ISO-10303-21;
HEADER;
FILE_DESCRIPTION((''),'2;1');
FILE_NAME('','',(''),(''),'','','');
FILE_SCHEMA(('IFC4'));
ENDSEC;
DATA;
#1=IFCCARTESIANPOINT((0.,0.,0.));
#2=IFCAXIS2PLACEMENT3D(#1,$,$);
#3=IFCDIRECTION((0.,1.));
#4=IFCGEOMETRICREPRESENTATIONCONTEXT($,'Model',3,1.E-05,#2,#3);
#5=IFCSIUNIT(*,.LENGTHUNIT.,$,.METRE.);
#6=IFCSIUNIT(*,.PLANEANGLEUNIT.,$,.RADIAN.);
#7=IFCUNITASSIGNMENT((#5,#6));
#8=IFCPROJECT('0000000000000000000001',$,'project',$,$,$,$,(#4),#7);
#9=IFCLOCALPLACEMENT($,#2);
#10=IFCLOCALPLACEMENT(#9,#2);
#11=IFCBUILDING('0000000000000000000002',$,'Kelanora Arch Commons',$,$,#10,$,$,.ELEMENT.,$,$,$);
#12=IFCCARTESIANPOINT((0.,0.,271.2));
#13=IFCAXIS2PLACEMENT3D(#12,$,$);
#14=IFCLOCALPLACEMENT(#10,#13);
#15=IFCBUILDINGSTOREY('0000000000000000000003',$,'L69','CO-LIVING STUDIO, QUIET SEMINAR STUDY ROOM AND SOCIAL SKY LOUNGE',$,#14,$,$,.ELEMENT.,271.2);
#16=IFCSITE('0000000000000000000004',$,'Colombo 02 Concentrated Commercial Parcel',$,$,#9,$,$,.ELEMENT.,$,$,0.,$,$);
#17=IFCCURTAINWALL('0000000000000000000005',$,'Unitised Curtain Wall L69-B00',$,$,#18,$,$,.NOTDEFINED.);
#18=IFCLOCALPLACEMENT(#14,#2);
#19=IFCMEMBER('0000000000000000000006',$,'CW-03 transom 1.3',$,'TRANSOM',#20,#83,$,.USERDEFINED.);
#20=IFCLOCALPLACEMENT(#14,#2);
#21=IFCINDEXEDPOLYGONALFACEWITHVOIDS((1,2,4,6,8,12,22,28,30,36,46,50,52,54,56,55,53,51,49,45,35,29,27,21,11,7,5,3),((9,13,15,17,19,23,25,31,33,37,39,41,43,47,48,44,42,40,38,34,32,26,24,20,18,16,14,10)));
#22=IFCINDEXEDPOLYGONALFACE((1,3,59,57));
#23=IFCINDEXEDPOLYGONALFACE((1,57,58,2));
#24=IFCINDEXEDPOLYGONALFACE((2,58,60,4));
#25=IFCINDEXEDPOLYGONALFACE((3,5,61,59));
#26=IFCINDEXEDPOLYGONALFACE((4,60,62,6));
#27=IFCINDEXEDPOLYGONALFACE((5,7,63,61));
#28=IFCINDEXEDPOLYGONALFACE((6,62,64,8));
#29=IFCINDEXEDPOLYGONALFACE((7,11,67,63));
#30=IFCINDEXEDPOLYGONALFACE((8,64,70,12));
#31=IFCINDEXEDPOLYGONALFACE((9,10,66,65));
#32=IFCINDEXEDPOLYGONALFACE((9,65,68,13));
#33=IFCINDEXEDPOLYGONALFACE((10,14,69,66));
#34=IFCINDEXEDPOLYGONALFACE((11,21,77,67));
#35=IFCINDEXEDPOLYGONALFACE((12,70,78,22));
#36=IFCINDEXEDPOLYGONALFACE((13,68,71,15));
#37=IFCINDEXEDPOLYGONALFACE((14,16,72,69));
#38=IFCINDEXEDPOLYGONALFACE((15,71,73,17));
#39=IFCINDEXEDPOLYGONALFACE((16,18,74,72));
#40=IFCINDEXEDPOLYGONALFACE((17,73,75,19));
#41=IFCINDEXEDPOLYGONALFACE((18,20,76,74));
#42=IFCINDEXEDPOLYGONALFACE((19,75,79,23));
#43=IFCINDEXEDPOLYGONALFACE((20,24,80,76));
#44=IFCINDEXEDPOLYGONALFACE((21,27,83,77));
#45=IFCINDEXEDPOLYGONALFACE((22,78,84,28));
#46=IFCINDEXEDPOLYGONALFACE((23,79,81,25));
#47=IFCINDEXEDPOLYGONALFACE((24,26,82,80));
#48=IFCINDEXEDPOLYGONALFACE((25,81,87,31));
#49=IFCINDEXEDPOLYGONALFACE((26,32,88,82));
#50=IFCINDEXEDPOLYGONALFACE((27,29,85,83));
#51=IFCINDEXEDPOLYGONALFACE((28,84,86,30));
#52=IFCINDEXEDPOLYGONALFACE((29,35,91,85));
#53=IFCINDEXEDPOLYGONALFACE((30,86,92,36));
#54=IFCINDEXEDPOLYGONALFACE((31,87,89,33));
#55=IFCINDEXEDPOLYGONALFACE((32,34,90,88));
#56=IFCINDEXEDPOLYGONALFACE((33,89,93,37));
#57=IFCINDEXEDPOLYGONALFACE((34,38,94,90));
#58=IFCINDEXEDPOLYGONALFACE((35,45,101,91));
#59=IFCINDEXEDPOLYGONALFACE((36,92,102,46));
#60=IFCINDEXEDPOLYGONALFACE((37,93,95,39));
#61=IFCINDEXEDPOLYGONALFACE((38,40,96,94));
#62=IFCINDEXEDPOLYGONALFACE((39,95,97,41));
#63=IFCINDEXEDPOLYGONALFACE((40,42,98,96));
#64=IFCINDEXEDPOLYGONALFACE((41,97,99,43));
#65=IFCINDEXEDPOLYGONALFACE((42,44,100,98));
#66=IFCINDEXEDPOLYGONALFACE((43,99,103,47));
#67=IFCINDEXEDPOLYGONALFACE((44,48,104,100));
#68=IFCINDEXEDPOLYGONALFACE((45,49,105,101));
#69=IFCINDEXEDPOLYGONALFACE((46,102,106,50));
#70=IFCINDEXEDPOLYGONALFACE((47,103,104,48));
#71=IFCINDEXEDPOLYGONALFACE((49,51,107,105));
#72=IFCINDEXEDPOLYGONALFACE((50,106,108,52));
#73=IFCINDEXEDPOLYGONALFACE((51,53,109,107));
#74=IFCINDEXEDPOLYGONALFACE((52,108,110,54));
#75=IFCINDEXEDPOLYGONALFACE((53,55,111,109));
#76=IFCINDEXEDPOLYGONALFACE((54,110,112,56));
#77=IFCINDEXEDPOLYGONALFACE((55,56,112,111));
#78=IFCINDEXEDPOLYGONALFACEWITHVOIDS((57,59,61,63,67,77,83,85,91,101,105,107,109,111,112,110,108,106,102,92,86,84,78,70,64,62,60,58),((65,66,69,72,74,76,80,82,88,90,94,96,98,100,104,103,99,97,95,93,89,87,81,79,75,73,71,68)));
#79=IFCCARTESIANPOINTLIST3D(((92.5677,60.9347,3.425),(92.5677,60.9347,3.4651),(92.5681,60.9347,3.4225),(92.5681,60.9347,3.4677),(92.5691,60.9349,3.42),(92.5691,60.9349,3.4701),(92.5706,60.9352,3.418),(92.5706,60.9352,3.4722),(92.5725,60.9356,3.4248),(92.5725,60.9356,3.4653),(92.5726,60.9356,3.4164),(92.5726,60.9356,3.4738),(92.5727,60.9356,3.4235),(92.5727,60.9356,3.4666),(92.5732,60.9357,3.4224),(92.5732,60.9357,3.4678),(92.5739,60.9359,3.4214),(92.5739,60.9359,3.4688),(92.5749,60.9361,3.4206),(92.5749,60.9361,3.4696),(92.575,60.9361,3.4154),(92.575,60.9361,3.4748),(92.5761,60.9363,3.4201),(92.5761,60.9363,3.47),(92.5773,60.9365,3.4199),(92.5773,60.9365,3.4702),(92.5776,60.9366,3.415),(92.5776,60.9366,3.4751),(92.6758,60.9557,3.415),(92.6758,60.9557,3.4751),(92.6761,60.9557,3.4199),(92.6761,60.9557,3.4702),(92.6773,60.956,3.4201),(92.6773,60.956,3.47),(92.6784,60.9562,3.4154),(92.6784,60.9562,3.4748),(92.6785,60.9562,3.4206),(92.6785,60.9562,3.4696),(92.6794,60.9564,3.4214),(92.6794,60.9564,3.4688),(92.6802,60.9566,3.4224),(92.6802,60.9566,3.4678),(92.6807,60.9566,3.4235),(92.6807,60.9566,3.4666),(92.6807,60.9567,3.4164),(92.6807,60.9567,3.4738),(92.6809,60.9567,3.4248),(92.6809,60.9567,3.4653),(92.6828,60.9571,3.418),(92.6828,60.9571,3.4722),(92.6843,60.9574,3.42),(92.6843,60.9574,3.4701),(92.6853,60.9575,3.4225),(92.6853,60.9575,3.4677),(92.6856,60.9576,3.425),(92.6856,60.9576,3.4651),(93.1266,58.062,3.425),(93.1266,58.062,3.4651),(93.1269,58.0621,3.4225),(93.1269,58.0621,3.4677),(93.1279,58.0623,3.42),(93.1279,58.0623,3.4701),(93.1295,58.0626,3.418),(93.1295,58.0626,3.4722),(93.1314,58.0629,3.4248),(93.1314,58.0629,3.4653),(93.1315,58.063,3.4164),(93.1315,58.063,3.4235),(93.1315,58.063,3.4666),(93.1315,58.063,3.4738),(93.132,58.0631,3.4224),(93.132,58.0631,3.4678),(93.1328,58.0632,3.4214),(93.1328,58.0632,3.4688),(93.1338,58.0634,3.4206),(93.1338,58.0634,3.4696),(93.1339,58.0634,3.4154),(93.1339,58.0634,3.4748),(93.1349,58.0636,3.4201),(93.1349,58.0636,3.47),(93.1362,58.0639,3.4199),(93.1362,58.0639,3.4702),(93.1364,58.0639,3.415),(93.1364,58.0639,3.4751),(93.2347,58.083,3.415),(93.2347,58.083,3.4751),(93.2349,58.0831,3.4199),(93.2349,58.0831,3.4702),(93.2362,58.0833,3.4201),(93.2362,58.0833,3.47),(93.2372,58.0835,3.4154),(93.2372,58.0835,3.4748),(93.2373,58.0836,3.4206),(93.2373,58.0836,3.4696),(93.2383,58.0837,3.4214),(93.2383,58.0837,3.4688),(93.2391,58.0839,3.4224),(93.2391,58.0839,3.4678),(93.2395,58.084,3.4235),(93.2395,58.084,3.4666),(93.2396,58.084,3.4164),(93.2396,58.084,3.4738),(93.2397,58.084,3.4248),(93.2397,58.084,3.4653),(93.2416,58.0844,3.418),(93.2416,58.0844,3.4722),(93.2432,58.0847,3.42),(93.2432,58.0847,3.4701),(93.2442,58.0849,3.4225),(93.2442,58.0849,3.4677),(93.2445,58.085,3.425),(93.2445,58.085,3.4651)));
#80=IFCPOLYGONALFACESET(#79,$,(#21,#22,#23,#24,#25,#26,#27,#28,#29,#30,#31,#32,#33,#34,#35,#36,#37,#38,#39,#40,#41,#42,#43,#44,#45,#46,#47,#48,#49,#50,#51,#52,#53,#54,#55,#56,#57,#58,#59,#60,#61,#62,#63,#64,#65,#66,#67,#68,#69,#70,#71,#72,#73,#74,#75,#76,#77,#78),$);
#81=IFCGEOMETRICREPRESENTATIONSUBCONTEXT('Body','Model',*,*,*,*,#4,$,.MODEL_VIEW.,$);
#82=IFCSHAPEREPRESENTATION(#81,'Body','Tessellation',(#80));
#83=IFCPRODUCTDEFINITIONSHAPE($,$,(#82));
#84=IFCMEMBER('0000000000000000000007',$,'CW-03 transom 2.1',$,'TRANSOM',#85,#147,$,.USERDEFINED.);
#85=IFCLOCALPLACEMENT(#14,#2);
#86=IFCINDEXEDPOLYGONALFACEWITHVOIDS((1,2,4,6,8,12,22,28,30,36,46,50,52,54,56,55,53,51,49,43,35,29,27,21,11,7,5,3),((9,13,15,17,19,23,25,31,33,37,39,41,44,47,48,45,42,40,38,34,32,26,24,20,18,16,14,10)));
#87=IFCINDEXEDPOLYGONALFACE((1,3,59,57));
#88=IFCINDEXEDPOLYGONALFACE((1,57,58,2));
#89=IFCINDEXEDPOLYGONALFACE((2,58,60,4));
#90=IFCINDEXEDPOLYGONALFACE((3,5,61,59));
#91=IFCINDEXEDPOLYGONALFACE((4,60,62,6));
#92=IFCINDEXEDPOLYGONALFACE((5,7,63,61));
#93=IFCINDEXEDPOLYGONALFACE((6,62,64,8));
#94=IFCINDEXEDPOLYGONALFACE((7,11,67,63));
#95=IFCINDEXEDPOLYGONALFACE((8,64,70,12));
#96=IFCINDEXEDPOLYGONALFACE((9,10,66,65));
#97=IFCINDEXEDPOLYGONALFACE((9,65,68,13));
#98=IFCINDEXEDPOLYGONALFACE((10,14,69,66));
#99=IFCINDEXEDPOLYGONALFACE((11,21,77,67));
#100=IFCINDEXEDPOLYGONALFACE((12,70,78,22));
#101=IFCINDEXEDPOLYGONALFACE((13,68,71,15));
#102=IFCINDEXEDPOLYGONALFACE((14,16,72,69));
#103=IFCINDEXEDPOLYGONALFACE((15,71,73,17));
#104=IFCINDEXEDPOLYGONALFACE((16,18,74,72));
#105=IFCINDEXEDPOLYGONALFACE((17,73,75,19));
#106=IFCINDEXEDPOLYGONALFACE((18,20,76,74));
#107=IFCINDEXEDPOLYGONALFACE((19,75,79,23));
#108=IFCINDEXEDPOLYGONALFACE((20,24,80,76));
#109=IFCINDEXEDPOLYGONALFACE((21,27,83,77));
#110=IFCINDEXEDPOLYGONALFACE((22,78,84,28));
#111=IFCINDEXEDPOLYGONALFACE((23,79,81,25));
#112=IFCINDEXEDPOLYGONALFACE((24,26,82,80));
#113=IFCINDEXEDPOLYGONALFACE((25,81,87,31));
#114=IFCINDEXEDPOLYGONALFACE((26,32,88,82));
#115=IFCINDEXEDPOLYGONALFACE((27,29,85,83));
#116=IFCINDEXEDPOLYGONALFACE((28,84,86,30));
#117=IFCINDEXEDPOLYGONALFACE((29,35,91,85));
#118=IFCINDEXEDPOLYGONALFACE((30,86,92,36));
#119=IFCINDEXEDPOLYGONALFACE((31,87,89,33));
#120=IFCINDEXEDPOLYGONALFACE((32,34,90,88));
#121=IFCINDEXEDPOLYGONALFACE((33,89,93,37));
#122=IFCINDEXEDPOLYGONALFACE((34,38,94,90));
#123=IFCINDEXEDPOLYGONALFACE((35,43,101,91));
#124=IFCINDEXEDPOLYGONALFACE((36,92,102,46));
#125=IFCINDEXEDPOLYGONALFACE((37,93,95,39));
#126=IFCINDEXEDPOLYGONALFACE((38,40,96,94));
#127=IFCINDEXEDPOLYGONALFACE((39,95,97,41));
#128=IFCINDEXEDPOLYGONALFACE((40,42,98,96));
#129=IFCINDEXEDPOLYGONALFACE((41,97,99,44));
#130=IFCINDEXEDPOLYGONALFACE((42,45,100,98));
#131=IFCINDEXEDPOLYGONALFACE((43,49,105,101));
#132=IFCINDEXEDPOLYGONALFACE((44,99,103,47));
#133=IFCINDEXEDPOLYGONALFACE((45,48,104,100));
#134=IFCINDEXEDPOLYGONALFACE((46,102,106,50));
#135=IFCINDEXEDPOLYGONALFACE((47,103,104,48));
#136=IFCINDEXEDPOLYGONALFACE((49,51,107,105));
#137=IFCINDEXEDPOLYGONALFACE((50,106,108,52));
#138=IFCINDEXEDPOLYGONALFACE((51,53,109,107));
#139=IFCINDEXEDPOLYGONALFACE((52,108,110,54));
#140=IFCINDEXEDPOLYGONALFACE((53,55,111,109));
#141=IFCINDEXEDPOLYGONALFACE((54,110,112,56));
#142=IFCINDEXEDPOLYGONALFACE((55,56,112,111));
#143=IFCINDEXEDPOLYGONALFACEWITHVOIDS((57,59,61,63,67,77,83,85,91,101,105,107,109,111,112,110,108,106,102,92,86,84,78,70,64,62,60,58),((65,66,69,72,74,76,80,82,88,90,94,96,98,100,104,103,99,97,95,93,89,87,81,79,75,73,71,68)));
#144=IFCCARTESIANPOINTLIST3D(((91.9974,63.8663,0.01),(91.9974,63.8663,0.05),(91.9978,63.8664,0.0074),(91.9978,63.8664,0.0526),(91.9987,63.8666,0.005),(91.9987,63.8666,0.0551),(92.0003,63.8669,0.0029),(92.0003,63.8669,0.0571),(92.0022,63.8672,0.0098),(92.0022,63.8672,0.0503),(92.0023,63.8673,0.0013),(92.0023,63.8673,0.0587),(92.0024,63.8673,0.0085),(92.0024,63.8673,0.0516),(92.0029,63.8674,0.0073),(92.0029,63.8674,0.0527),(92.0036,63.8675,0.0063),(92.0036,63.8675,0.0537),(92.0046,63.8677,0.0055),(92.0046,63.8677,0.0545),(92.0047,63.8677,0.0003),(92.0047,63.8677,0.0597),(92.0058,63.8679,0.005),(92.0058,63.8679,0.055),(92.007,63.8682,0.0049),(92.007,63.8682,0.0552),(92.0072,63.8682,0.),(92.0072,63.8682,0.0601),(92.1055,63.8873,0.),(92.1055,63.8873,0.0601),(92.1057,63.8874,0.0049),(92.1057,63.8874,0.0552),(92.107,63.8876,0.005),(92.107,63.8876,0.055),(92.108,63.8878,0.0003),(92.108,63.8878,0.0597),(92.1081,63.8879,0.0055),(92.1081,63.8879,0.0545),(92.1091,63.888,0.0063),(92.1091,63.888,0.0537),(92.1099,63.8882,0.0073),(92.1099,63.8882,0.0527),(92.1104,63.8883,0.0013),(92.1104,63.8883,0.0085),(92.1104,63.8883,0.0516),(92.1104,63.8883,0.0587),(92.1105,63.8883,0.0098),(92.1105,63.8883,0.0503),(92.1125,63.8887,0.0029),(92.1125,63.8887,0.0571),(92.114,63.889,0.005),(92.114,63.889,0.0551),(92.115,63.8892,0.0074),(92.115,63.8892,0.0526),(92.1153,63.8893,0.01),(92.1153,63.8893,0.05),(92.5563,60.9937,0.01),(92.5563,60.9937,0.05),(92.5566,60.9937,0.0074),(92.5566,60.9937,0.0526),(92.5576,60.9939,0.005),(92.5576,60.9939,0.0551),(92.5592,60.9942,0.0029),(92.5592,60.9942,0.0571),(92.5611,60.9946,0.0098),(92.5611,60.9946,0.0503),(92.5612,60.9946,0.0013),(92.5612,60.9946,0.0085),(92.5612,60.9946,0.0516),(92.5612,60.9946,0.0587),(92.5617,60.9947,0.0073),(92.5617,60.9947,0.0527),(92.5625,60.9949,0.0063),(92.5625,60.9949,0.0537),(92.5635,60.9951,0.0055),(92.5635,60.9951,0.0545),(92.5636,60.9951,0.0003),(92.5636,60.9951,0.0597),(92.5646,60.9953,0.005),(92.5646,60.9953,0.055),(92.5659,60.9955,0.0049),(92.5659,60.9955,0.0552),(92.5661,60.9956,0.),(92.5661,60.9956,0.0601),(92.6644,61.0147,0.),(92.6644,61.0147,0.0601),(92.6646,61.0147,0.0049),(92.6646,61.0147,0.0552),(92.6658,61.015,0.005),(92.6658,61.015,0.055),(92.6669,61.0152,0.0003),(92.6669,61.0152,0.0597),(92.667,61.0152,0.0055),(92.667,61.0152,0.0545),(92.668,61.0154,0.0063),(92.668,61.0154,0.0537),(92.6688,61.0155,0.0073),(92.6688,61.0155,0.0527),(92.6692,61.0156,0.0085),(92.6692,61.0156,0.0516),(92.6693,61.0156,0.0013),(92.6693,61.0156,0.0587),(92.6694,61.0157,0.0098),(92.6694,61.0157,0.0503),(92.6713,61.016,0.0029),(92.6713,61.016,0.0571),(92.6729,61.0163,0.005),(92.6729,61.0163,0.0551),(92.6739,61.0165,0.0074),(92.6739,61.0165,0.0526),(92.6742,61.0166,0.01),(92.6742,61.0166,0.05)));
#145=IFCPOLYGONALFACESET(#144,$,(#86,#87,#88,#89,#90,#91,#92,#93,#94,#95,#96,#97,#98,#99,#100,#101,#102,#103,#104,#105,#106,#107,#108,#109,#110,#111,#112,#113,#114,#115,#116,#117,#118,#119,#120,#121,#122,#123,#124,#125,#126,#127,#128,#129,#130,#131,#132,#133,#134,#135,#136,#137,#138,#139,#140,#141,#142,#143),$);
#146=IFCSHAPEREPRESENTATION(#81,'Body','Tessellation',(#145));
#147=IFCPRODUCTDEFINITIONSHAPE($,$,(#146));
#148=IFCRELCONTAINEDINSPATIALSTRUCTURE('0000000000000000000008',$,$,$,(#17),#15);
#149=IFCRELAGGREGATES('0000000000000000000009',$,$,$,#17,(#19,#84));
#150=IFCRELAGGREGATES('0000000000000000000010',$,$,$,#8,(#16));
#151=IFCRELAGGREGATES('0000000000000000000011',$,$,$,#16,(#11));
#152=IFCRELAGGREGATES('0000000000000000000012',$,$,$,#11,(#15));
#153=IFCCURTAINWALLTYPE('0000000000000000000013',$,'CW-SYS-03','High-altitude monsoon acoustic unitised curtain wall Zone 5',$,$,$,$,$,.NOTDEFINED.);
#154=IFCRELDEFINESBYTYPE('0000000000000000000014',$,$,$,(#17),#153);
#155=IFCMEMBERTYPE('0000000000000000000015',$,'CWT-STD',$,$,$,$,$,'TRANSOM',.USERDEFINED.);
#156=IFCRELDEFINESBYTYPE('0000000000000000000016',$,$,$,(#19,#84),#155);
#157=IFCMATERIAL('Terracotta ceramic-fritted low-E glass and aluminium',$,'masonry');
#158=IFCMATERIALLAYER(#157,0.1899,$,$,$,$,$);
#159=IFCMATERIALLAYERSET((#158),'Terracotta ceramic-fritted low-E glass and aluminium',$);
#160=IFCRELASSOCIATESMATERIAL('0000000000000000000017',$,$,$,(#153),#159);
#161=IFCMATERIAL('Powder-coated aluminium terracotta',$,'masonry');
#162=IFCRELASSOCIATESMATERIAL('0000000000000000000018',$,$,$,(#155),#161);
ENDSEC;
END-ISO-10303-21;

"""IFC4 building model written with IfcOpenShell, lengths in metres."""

from ifc_helpers import new_model, si_unit, direction, frame, origin, origin_2d, place, context, subcontext, project, spatial, hollow_rectangle, extrude, material, layer, layer_set, material_profile, profile_set, type_object, element, aggregate, save


model = new_model("IFC4")

# Units and contexts
model_context = context("Model", 3, precision=1e-05, world=origin(), true_north=direction((0.0, 1.0)))
body_context = subcontext(model_context, "Body", "Model", "MODEL_VIEW")
ifc_project = project(units=[si_unit("LENGTHUNIT", "METRE"), si_unit("PLANEANGLEUNIT", "RADIAN")], contexts=[model_context])

# Site, building, storey
site_placement = place(None, origin())
site = spatial("IfcSite", under=ifc_project, at=site_placement, Name="Colombo 02 Concentrated Commercial Parcel", CompositionType="ELEMENT", RefElevation=0.0)
building_placement = place(site_placement, origin())
building = spatial("IfcBuilding", under=site, at=building_placement, Name="Kelanora Arch Commons", CompositionType="ELEMENT")
storey_placement = place(building_placement, frame((0.0, 0.0, 271.2)))
storey = spatial("IfcBuildingStorey", under=building, at=storey_placement, Name="L69", Description="CO-LIVING STUDIO, QUIET SEMINAR STUDY ROOM AND SOCIAL SKY LOUNGE", CompositionType="ELEMENT", Elevation=271.2)

# Curtain wall, members
ifc_material_1 = material(Name="Terracotta ceramic-fritted low-E glass and aluminium", Category="masonry")
ifc_layer_1 = layer(ifc_material_1, 0.1899)
ifc_layer_set_1 = layer_set([ifc_layer_1], Name="Terracotta ceramic-fritted low-E glass and aluminium")
curtain_wall_type = type_object("IfcCurtainWallType", Name="CW-SYS-03", Description="High-altitude monsoon acoustic unitised curtain wall Zone 5", PredefinedType="NOTDEFINED", material=ifc_layer_set_1)
curtain_wall_placement = place(storey_placement, origin())
curtain_wall = element("IfcCurtainWall", 1, at=curtain_wall_placement, inside=storey, type_object=curtain_wall_type, Name="Unitised Curtain Wall L69-B00", PredefinedType="NOTDEFINED")
ifc_material_2 = material(Name="Powder-coated aluminium terracotta", Category="masonry")
ifc_material_profile_1 = material_profile(ifc_material_2, hollow_rectangle(XDim=0.1201, YDim=0.0601, WallThickness=0.0049, InnerFilletRadius=0.0049, OuterFilletRadius=0.01, at=origin_2d()), Name="CWT120x60")
ifc_profile_set_1 = profile_set([ifc_material_profile_1], Name="Powder-coated aluminium terracotta")
member_type_1 = type_object("IfcMemberType", Name="CWT-STD", ElementType="TRANSOM", PredefinedType="USERDEFINED", material=ifc_profile_set_1)
member_1_placement = place(storey_placement, frame((93.1855, 58.0735, 3.4451), z_axis=(-0.190963, 0.981597, 0.0), x_axis=(-0.981597, -0.190963, 0.0)))
member_1 = element("IfcMember", 2, at=member_1_placement, type_object=member_type_1, Name="CW-03 transom 1.3", ObjectType="TRANSOM", PredefinedType="USERDEFINED", context=body_context, shape_type="SweptSolid", body=[
    extrude(hollow_rectangle(XDim=0.1201, YDim=0.0601, WallThickness=0.0049, InnerFilletRadius=0.0049, OuterFilletRadius=0.01, at=origin_2d()), origin(), (0.0, 0.0, 1.0), 2.9265),
])
member_2_placement = place(storey_placement, frame((92.6152, 61.0051, 0.03), z_axis=(-0.190963, 0.981597, 0.0), x_axis=(-0.981597, -0.190963, 0.0)))
member_2 = element("IfcMember", 3, at=member_2_placement, type_object=member_type_1, Name="CW-03 transom 2.1", ObjectType="TRANSOM", PredefinedType="USERDEFINED", context=body_context, shape_type="SweptSolid", body=[
    extrude(hollow_rectangle(XDim=0.1201, YDim=0.0601, WallThickness=0.0049, InnerFilletRadius=0.0049, OuterFilletRadius=0.01, at=origin_2d()), origin(), (0.0, 0.0, 1.0), 2.9265),
])
aggregate(curtain_wall, [member_1, member_2])

save(model, "model.ifc")
